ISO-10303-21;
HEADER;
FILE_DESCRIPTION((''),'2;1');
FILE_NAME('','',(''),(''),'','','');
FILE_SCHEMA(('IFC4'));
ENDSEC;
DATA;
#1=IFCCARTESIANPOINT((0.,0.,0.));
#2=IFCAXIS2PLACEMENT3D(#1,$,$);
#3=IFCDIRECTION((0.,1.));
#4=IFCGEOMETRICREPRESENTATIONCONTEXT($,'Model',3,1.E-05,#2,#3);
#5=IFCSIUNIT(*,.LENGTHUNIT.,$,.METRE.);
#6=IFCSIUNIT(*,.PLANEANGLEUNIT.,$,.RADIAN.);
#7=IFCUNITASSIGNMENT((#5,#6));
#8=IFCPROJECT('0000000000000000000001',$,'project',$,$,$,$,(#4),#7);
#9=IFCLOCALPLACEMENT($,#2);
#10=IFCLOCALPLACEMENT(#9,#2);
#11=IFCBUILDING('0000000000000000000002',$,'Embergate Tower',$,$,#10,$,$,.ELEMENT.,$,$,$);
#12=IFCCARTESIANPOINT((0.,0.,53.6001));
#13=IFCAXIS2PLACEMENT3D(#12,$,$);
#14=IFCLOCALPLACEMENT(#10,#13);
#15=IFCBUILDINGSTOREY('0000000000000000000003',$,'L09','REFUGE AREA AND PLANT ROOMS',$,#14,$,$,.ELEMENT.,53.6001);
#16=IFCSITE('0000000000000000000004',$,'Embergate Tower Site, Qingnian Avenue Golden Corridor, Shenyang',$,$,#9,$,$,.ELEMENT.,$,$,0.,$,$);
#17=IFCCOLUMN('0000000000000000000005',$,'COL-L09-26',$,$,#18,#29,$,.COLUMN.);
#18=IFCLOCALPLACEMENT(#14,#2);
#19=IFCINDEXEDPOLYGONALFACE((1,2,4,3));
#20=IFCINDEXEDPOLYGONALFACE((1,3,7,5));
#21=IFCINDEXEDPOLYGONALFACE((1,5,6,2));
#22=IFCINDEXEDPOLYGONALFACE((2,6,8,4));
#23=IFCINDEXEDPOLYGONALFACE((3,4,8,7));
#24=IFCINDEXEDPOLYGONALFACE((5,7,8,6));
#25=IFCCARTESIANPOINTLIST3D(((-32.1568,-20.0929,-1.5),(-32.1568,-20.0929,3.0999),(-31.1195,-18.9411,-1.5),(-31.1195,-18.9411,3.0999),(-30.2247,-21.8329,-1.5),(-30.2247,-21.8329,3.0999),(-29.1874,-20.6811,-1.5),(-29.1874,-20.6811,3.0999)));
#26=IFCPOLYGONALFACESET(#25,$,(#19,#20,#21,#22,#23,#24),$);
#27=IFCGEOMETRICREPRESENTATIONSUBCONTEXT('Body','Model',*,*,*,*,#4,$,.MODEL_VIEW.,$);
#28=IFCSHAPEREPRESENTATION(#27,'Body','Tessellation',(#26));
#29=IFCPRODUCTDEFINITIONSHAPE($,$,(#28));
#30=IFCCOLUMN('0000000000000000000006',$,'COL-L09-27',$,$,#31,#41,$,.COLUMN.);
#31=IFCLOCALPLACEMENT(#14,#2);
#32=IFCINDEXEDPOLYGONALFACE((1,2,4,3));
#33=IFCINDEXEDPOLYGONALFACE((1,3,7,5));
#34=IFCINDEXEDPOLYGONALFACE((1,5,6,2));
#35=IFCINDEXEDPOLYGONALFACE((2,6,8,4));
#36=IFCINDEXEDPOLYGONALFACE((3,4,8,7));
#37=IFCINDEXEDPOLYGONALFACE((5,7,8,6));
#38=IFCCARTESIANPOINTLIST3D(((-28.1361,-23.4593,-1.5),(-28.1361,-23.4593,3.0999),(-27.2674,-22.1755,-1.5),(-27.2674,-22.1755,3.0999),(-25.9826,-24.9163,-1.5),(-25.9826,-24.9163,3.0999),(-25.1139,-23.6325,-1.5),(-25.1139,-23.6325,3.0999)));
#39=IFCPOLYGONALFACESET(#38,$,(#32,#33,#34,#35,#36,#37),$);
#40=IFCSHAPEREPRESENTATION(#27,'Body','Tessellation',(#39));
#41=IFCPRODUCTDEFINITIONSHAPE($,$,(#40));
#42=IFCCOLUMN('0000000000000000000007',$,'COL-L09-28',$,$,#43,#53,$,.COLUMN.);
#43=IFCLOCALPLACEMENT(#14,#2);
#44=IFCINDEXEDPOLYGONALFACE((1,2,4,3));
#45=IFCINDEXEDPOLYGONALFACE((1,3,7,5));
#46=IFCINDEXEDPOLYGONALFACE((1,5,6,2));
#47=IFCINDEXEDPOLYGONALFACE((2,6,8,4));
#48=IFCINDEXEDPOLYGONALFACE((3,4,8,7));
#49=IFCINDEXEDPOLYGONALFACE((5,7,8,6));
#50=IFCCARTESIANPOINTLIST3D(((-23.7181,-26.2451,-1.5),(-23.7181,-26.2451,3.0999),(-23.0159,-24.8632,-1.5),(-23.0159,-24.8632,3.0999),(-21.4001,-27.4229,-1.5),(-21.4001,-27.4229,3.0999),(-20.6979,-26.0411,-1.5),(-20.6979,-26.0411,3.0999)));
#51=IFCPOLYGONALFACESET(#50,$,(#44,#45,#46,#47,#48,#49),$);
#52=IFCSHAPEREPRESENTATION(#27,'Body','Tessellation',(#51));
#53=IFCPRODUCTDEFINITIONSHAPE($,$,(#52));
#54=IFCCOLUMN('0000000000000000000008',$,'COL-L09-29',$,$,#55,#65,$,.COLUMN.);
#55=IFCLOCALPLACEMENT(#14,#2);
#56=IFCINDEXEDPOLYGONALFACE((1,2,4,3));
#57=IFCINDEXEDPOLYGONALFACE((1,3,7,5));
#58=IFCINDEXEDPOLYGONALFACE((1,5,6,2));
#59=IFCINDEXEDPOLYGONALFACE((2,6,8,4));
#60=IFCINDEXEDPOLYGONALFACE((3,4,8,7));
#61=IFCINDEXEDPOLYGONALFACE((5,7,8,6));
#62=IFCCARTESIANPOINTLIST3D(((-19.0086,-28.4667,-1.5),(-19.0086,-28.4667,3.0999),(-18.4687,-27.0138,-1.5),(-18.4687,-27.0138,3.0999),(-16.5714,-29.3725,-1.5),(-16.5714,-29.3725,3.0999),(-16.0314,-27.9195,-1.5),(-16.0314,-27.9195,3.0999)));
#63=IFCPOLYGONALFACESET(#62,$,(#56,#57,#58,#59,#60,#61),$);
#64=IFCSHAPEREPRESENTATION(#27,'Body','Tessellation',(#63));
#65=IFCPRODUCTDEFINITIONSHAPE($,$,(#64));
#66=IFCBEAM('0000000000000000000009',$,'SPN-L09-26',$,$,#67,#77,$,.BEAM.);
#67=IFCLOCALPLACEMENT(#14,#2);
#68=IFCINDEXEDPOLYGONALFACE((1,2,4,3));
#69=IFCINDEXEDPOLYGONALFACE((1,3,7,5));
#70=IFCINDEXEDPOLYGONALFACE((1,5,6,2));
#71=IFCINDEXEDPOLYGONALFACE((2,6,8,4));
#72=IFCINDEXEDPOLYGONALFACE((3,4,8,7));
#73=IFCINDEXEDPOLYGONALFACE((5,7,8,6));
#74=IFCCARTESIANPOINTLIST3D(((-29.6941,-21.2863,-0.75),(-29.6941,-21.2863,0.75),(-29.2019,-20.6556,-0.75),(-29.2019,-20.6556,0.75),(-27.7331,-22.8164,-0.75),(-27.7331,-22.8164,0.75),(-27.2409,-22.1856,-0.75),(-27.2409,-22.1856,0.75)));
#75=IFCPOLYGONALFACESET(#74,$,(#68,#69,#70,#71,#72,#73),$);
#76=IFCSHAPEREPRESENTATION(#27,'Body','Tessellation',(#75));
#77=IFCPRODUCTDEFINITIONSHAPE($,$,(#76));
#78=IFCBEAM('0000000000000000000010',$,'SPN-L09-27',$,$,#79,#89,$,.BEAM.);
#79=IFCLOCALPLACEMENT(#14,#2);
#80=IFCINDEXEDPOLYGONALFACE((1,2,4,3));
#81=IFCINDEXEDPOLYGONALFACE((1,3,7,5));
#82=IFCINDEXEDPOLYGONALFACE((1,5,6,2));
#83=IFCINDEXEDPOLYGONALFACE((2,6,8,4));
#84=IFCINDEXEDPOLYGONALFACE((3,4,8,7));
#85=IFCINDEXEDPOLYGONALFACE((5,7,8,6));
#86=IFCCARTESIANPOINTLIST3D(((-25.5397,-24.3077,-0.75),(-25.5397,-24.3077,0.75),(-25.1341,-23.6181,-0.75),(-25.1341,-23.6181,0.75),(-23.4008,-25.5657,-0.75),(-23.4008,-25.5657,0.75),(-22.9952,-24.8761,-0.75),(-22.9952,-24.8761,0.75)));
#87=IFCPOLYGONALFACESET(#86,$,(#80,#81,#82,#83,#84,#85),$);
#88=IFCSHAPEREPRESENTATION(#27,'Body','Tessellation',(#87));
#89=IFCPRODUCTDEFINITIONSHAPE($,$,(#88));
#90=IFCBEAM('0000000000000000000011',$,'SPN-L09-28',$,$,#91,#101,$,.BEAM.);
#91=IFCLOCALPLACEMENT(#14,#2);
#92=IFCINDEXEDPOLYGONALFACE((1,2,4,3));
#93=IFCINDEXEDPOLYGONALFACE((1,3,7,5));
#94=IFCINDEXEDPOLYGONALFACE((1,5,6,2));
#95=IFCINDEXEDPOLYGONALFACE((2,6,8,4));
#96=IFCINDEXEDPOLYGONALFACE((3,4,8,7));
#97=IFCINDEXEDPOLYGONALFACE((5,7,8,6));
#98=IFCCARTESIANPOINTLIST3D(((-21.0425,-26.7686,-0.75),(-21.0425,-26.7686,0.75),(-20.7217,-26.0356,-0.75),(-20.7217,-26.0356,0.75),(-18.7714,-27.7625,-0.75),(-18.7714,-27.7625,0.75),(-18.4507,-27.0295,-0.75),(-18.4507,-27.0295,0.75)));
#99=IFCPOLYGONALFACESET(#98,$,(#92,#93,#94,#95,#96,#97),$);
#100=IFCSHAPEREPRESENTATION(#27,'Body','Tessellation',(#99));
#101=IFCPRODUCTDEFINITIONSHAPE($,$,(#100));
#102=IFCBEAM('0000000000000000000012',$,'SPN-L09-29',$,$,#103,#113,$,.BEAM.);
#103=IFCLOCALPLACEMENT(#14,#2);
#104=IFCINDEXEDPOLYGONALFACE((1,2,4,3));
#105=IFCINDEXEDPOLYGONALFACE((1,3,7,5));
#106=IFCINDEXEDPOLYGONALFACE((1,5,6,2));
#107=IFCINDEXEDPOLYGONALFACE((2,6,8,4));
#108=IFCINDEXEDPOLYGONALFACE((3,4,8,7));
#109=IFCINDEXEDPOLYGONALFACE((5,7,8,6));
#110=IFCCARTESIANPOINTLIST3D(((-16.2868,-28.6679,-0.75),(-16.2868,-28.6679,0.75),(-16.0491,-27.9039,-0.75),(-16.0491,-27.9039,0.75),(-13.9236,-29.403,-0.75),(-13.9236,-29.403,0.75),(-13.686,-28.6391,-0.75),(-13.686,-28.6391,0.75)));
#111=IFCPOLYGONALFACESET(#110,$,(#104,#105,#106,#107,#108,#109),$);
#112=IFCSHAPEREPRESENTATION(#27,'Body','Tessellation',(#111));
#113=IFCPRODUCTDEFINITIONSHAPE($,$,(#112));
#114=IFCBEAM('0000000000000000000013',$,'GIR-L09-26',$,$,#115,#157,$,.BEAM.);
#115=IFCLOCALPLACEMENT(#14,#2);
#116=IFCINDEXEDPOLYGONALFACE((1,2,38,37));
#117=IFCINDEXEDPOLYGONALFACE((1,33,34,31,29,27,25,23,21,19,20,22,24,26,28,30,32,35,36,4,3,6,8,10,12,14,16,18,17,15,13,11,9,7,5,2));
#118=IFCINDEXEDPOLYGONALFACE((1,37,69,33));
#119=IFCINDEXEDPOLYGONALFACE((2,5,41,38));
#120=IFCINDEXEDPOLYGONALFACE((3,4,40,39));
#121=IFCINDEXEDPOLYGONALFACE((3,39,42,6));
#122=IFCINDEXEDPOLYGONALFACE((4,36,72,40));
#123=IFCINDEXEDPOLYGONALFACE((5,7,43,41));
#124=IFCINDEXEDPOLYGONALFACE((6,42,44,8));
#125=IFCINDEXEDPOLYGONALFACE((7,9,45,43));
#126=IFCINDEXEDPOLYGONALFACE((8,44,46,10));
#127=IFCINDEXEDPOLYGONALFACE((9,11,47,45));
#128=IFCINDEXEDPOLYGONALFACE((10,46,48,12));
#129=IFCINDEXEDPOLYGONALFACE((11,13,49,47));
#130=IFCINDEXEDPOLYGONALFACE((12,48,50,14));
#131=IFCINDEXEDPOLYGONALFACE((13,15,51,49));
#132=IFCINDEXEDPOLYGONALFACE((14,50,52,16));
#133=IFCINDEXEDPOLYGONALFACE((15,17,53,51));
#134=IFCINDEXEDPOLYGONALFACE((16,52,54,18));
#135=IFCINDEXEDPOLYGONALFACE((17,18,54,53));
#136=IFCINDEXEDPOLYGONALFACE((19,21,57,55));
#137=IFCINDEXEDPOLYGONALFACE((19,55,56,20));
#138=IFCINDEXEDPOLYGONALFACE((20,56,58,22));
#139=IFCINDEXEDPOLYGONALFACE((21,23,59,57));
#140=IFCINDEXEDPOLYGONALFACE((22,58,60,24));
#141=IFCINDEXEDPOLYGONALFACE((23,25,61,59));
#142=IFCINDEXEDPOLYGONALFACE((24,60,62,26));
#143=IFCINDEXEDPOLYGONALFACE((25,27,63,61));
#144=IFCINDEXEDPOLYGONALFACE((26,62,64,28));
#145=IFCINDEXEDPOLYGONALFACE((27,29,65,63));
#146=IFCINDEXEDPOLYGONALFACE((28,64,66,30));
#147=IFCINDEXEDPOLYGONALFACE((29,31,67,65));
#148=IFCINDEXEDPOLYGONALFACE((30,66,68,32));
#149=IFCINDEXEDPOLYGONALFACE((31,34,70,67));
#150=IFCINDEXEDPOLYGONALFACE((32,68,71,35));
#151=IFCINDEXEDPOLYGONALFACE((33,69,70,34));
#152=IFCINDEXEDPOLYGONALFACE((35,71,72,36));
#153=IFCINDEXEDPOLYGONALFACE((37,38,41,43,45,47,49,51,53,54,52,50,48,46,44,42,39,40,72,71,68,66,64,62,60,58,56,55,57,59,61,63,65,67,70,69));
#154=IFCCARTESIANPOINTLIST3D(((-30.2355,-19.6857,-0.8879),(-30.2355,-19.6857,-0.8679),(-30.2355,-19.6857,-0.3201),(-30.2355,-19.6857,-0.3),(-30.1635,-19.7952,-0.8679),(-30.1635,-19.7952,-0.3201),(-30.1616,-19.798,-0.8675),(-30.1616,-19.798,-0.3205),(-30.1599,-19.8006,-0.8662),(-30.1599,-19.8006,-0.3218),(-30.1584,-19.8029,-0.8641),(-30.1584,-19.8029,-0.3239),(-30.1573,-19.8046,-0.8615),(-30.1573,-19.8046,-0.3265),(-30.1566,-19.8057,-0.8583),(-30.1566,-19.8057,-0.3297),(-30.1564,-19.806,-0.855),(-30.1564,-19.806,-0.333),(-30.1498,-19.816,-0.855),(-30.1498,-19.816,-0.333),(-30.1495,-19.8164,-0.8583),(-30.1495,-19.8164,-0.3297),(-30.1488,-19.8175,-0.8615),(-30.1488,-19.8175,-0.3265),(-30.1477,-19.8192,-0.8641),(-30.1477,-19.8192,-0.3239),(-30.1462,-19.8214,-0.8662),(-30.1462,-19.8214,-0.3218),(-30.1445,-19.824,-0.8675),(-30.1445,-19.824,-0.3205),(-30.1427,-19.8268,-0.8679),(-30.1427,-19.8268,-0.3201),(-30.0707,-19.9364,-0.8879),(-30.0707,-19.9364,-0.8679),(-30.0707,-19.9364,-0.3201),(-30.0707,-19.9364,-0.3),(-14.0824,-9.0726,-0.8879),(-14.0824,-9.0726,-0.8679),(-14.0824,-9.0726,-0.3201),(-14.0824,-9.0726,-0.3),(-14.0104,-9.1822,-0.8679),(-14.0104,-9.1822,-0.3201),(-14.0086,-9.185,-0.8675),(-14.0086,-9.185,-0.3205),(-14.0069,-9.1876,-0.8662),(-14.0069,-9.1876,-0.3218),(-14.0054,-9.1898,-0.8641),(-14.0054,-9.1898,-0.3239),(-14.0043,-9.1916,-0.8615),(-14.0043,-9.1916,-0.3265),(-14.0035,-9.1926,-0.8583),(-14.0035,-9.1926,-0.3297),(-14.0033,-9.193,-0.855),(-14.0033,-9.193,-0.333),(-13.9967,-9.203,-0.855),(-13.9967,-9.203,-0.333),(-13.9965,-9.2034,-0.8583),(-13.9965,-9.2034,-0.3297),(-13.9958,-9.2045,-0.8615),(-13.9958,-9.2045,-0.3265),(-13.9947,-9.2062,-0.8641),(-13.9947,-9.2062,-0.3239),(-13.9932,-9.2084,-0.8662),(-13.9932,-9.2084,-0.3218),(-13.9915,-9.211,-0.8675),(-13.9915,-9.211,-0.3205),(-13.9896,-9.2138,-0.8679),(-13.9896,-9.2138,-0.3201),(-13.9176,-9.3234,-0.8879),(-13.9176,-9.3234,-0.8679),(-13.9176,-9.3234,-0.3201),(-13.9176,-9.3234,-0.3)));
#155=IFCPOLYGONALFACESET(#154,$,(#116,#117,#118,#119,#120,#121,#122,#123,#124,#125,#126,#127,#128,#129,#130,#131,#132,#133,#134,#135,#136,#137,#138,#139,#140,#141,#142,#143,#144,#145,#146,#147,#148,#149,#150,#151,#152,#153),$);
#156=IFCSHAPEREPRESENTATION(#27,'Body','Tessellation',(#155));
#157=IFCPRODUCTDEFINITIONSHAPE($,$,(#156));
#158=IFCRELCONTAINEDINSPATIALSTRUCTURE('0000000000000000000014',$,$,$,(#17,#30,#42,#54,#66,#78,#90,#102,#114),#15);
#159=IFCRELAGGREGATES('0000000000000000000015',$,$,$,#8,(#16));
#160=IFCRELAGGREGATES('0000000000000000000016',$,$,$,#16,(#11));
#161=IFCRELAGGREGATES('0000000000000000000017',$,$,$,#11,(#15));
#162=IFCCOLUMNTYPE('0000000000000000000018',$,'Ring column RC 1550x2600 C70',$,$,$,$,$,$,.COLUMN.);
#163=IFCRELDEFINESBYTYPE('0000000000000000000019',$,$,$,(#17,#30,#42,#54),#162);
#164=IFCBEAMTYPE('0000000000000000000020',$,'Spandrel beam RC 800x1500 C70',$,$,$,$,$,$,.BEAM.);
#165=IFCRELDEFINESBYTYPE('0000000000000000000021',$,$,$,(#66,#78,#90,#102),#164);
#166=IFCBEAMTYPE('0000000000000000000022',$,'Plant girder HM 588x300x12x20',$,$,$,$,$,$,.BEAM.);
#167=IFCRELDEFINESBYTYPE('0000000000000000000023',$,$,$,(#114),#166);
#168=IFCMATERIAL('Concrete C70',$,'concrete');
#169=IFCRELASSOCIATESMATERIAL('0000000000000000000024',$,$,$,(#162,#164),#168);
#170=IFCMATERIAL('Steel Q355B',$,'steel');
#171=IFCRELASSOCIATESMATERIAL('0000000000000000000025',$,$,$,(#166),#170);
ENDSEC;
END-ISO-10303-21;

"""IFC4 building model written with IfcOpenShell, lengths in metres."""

from ifc_helpers import new_model, si_unit, direction, frame, origin, origin_2d, place, context, subcontext, project, spatial, rectangle, i_section, extrude, source, transform, mapped, material, material_profile, profile_set, type_object, element, save


model = new_model("IFC4")

# Units and contexts
model_context = context("Model", 3, precision=1e-05, world=origin(), true_north=direction((0.0, 1.0)))
body_context = subcontext(model_context, "Body", "Model", "MODEL_VIEW")
ifc_project = project(units=[si_unit("LENGTHUNIT", "METRE"), si_unit("PLANEANGLEUNIT", "RADIAN")], contexts=[model_context])

# Site, building, storey
site_placement = place(None, origin())
site = spatial("IfcSite", under=ifc_project, at=site_placement, Name="Embergate Tower Site, Qingnian Avenue Golden Corridor, Shenyang", CompositionType="ELEMENT", RefElevation=0.0)
building_placement = place(site_placement, origin())
building = spatial("IfcBuilding", under=site, at=building_placement, Name="Embergate Tower", CompositionType="ELEMENT")
storey_placement = place(building_placement, frame((0.0, 0.0, 53.6001)))
storey = spatial("IfcBuildingStorey", under=building, at=storey_placement, Name="L09", Description="REFUGE AREA AND PLANT ROOMS", CompositionType="ELEMENT", Elevation=53.6001)

# Columns
ifc_material_1 = material(Name="Concrete C70", Category="concrete")
ifc_material_profile_1 = material_profile(ifc_material_1, rectangle(XDim=1.55, YDim=2.6001, at=origin_2d()), Name="RC 1550x2600")
ifc_profile_set_1 = profile_set([ifc_material_profile_1], Name="Concrete C70")
column_type = type_object("IfcColumnType", Name="Ring column RC 1550x2600 C70", PredefinedType="COLUMN", material=ifc_profile_set_1)
shared_shape_1 = source(origin(), body_context, "Body", "SweptSolid", [
    extrude(rectangle(XDim=1.55, YDim=2.6001, at=origin_2d()), origin(), (0.0, 0.0, 1.0), 4.5999),
])
for number, where, z_axis, x_axis, name in (
    (1, (-30.6721, -20.387, -1.5), (0.0, 0.0, 1.0), (-0.669208, -0.743075, 0.0), "COL-L09-26"),
    (2, (-26.625, -23.5459, -1.5), (0.0, 0.0, 1.0), (-0.560393, -0.828227, 0.0), "COL-L09-27"),
    (3, (-22.208, -26.1431, -1.5), (0.0, 0.0, 1.0), (-0.453011, -0.891505, 0.0), "COL-L09-28"),
    (4, (-17.52, -28.1931, -1.5), (0.0, 0.0, 1.0), (-0.348343, -0.937367, 0.0), "COL-L09-29"),
):
    element("IfcColumn", number, at=place(storey_placement, frame(where, z_axis=z_axis, x_axis=x_axis)), inside=storey, type_object=column_type, Name=name, PredefinedType="COLUMN", context=body_context, shape_type="MappedRepresentation", body=[
        mapped(shared_shape_1, transform((0.0, 0.0, 0.0))),
    ])

# Beams
ifc_material_profile_2 = material_profile(ifc_material_1, rectangle(XDim=0.8, YDim=1.5, at=origin_2d()), Name="RC 800x1500")
ifc_profile_set_2 = profile_set([ifc_material_profile_2], Name="Concrete C70")
beam_type_1 = type_object("IfcBeamType", Name="Spandrel beam RC 800x1500 C70", PredefinedType="BEAM", material=ifc_profile_set_2)
shared_shape_2 = source(origin(), body_context, "Body", "SweptSolid", [
    extrude(rectangle(XDim=0.8, YDim=1.5, at=origin_2d()), origin(), (0.0, 0.0, 1.0), 2.4873),
])
beam_1_placement = place(storey_placement, frame((-29.448, -20.9709, 0.0), z_axis=(0.788405, -0.615156, 0.0), x_axis=(0.615156, 0.788405, 0.0)))
element("IfcBeam", 5, at=beam_1_placement, inside=storey, type_object=beam_type_1, Name="SPN-L09-26", PredefinedType="BEAM", context=body_context, shape_type="MappedRepresentation", body=[
    mapped(shared_shape_2, transform((0.0, 0.0, 0.0))),
])
shared_shape_3 = source(origin(), body_context, "Body", "SweptSolid", [
    extrude(rectangle(XDim=0.8, YDim=1.5, at=origin_2d()), origin(), (0.0, 0.0, 1.0), 2.4814),
])
beam_2_placement = place(storey_placement, frame((-25.3369, -23.9629, 0.0), z_axis=(0.861957, -0.506981, 0.0), x_axis=(0.506981, 0.861957, 0.0)))
element("IfcBeam", 6, at=beam_2_placement, inside=storey, type_object=beam_type_1, Name="SPN-L09-27", PredefinedType="BEAM", context=body_context, shape_type="MappedRepresentation", body=[
    mapped(shared_shape_3, transform((0.0, 0.0, 0.0))),
])
shared_shape_4 = source(origin(), body_context, "Body", "SweptSolid", [
    extrude(rectangle(XDim=0.8, YDim=1.5, at=origin_2d()), origin(), (0.0, 0.0, 1.0), 2.479),
])
beam_3_placement = place(storey_placement, frame((-20.8821, -26.4021, 0.0), z_axis=(0.916108, -0.400932, 0.0), x_axis=(0.400932, 0.916108, 0.0)))
element("IfcBeam", 7, at=beam_3_placement, inside=storey, type_object=beam_type_1, Name="SPN-L09-28", PredefinedType="BEAM", context=body_context, shape_type="MappedRepresentation", body=[
    mapped(shared_shape_4, transform((0.0, 0.0, 0.0))),
])
shared_shape_5 = source(origin(), body_context, "Body", "SweptSolid", [
    extrude(rectangle(XDim=0.8, YDim=1.5, at=origin_2d()), origin(), (0.0, 0.0, 1.0), 2.4749),
])
beam_4_placement = place(storey_placement, frame((-16.168, -28.2859, 0.0), z_axis=(0.954864, -0.297045, 0.0), x_axis=(0.297045, 0.954864, 0.0)))
element("IfcBeam", 8, at=beam_4_placement, inside=storey, type_object=beam_type_1, Name="SPN-L09-29", PredefinedType="BEAM", context=body_context, shape_type="MappedRepresentation", body=[
    mapped(shared_shape_5, transform((0.0, 0.0, 0.0))),
])
ifc_material_2 = material(Name="Steel Q355B", Category="steel")
ifc_material_profile_3 = material_profile(ifc_material_2, i_section(OverallWidth=0.3, OverallDepth=0.5879, WebThickness=0.012, FlangeThickness=0.02, FilletRadius=0.0129, at=origin_2d()), Name="HM 588x300x12x20")
ifc_profile_set_3 = profile_set([ifc_material_profile_3], Name="Steel Q355 grade B")
beam_type_2 = type_object("IfcBeamType", Name="Plant girder HM 588x300x12x20", PredefinedType="BEAM", material=ifc_profile_set_3)
shared_shape_6 = source(origin(), body_context, "Body", "SweptSolid", [
    extrude(i_section(OverallWidth=0.3, OverallDepth=0.5879, WebThickness=0.012, FlangeThickness=0.02, FilletRadius=0.0129, at=origin_2d()), origin(), (0.0, 0.0, 1.0), 19.3276),
])
beam_5_placement = place(storey_placement, frame((-30.1531, -19.811, -0.594), z_axis=(0.835749, 0.549111, 0.0), x_axis=(-0.549111, 0.835749, 0.0)))
element("IfcBeam", 9, at=beam_5_placement, inside=storey, type_object=beam_type_2, Name="GIR-L09-26", PredefinedType="BEAM", context=body_context, shape_type="MappedRepresentation", body=[
    mapped(shared_shape_6, transform((0.0, 0.0, 0.0))),
])

save(model, "model.ifc")
